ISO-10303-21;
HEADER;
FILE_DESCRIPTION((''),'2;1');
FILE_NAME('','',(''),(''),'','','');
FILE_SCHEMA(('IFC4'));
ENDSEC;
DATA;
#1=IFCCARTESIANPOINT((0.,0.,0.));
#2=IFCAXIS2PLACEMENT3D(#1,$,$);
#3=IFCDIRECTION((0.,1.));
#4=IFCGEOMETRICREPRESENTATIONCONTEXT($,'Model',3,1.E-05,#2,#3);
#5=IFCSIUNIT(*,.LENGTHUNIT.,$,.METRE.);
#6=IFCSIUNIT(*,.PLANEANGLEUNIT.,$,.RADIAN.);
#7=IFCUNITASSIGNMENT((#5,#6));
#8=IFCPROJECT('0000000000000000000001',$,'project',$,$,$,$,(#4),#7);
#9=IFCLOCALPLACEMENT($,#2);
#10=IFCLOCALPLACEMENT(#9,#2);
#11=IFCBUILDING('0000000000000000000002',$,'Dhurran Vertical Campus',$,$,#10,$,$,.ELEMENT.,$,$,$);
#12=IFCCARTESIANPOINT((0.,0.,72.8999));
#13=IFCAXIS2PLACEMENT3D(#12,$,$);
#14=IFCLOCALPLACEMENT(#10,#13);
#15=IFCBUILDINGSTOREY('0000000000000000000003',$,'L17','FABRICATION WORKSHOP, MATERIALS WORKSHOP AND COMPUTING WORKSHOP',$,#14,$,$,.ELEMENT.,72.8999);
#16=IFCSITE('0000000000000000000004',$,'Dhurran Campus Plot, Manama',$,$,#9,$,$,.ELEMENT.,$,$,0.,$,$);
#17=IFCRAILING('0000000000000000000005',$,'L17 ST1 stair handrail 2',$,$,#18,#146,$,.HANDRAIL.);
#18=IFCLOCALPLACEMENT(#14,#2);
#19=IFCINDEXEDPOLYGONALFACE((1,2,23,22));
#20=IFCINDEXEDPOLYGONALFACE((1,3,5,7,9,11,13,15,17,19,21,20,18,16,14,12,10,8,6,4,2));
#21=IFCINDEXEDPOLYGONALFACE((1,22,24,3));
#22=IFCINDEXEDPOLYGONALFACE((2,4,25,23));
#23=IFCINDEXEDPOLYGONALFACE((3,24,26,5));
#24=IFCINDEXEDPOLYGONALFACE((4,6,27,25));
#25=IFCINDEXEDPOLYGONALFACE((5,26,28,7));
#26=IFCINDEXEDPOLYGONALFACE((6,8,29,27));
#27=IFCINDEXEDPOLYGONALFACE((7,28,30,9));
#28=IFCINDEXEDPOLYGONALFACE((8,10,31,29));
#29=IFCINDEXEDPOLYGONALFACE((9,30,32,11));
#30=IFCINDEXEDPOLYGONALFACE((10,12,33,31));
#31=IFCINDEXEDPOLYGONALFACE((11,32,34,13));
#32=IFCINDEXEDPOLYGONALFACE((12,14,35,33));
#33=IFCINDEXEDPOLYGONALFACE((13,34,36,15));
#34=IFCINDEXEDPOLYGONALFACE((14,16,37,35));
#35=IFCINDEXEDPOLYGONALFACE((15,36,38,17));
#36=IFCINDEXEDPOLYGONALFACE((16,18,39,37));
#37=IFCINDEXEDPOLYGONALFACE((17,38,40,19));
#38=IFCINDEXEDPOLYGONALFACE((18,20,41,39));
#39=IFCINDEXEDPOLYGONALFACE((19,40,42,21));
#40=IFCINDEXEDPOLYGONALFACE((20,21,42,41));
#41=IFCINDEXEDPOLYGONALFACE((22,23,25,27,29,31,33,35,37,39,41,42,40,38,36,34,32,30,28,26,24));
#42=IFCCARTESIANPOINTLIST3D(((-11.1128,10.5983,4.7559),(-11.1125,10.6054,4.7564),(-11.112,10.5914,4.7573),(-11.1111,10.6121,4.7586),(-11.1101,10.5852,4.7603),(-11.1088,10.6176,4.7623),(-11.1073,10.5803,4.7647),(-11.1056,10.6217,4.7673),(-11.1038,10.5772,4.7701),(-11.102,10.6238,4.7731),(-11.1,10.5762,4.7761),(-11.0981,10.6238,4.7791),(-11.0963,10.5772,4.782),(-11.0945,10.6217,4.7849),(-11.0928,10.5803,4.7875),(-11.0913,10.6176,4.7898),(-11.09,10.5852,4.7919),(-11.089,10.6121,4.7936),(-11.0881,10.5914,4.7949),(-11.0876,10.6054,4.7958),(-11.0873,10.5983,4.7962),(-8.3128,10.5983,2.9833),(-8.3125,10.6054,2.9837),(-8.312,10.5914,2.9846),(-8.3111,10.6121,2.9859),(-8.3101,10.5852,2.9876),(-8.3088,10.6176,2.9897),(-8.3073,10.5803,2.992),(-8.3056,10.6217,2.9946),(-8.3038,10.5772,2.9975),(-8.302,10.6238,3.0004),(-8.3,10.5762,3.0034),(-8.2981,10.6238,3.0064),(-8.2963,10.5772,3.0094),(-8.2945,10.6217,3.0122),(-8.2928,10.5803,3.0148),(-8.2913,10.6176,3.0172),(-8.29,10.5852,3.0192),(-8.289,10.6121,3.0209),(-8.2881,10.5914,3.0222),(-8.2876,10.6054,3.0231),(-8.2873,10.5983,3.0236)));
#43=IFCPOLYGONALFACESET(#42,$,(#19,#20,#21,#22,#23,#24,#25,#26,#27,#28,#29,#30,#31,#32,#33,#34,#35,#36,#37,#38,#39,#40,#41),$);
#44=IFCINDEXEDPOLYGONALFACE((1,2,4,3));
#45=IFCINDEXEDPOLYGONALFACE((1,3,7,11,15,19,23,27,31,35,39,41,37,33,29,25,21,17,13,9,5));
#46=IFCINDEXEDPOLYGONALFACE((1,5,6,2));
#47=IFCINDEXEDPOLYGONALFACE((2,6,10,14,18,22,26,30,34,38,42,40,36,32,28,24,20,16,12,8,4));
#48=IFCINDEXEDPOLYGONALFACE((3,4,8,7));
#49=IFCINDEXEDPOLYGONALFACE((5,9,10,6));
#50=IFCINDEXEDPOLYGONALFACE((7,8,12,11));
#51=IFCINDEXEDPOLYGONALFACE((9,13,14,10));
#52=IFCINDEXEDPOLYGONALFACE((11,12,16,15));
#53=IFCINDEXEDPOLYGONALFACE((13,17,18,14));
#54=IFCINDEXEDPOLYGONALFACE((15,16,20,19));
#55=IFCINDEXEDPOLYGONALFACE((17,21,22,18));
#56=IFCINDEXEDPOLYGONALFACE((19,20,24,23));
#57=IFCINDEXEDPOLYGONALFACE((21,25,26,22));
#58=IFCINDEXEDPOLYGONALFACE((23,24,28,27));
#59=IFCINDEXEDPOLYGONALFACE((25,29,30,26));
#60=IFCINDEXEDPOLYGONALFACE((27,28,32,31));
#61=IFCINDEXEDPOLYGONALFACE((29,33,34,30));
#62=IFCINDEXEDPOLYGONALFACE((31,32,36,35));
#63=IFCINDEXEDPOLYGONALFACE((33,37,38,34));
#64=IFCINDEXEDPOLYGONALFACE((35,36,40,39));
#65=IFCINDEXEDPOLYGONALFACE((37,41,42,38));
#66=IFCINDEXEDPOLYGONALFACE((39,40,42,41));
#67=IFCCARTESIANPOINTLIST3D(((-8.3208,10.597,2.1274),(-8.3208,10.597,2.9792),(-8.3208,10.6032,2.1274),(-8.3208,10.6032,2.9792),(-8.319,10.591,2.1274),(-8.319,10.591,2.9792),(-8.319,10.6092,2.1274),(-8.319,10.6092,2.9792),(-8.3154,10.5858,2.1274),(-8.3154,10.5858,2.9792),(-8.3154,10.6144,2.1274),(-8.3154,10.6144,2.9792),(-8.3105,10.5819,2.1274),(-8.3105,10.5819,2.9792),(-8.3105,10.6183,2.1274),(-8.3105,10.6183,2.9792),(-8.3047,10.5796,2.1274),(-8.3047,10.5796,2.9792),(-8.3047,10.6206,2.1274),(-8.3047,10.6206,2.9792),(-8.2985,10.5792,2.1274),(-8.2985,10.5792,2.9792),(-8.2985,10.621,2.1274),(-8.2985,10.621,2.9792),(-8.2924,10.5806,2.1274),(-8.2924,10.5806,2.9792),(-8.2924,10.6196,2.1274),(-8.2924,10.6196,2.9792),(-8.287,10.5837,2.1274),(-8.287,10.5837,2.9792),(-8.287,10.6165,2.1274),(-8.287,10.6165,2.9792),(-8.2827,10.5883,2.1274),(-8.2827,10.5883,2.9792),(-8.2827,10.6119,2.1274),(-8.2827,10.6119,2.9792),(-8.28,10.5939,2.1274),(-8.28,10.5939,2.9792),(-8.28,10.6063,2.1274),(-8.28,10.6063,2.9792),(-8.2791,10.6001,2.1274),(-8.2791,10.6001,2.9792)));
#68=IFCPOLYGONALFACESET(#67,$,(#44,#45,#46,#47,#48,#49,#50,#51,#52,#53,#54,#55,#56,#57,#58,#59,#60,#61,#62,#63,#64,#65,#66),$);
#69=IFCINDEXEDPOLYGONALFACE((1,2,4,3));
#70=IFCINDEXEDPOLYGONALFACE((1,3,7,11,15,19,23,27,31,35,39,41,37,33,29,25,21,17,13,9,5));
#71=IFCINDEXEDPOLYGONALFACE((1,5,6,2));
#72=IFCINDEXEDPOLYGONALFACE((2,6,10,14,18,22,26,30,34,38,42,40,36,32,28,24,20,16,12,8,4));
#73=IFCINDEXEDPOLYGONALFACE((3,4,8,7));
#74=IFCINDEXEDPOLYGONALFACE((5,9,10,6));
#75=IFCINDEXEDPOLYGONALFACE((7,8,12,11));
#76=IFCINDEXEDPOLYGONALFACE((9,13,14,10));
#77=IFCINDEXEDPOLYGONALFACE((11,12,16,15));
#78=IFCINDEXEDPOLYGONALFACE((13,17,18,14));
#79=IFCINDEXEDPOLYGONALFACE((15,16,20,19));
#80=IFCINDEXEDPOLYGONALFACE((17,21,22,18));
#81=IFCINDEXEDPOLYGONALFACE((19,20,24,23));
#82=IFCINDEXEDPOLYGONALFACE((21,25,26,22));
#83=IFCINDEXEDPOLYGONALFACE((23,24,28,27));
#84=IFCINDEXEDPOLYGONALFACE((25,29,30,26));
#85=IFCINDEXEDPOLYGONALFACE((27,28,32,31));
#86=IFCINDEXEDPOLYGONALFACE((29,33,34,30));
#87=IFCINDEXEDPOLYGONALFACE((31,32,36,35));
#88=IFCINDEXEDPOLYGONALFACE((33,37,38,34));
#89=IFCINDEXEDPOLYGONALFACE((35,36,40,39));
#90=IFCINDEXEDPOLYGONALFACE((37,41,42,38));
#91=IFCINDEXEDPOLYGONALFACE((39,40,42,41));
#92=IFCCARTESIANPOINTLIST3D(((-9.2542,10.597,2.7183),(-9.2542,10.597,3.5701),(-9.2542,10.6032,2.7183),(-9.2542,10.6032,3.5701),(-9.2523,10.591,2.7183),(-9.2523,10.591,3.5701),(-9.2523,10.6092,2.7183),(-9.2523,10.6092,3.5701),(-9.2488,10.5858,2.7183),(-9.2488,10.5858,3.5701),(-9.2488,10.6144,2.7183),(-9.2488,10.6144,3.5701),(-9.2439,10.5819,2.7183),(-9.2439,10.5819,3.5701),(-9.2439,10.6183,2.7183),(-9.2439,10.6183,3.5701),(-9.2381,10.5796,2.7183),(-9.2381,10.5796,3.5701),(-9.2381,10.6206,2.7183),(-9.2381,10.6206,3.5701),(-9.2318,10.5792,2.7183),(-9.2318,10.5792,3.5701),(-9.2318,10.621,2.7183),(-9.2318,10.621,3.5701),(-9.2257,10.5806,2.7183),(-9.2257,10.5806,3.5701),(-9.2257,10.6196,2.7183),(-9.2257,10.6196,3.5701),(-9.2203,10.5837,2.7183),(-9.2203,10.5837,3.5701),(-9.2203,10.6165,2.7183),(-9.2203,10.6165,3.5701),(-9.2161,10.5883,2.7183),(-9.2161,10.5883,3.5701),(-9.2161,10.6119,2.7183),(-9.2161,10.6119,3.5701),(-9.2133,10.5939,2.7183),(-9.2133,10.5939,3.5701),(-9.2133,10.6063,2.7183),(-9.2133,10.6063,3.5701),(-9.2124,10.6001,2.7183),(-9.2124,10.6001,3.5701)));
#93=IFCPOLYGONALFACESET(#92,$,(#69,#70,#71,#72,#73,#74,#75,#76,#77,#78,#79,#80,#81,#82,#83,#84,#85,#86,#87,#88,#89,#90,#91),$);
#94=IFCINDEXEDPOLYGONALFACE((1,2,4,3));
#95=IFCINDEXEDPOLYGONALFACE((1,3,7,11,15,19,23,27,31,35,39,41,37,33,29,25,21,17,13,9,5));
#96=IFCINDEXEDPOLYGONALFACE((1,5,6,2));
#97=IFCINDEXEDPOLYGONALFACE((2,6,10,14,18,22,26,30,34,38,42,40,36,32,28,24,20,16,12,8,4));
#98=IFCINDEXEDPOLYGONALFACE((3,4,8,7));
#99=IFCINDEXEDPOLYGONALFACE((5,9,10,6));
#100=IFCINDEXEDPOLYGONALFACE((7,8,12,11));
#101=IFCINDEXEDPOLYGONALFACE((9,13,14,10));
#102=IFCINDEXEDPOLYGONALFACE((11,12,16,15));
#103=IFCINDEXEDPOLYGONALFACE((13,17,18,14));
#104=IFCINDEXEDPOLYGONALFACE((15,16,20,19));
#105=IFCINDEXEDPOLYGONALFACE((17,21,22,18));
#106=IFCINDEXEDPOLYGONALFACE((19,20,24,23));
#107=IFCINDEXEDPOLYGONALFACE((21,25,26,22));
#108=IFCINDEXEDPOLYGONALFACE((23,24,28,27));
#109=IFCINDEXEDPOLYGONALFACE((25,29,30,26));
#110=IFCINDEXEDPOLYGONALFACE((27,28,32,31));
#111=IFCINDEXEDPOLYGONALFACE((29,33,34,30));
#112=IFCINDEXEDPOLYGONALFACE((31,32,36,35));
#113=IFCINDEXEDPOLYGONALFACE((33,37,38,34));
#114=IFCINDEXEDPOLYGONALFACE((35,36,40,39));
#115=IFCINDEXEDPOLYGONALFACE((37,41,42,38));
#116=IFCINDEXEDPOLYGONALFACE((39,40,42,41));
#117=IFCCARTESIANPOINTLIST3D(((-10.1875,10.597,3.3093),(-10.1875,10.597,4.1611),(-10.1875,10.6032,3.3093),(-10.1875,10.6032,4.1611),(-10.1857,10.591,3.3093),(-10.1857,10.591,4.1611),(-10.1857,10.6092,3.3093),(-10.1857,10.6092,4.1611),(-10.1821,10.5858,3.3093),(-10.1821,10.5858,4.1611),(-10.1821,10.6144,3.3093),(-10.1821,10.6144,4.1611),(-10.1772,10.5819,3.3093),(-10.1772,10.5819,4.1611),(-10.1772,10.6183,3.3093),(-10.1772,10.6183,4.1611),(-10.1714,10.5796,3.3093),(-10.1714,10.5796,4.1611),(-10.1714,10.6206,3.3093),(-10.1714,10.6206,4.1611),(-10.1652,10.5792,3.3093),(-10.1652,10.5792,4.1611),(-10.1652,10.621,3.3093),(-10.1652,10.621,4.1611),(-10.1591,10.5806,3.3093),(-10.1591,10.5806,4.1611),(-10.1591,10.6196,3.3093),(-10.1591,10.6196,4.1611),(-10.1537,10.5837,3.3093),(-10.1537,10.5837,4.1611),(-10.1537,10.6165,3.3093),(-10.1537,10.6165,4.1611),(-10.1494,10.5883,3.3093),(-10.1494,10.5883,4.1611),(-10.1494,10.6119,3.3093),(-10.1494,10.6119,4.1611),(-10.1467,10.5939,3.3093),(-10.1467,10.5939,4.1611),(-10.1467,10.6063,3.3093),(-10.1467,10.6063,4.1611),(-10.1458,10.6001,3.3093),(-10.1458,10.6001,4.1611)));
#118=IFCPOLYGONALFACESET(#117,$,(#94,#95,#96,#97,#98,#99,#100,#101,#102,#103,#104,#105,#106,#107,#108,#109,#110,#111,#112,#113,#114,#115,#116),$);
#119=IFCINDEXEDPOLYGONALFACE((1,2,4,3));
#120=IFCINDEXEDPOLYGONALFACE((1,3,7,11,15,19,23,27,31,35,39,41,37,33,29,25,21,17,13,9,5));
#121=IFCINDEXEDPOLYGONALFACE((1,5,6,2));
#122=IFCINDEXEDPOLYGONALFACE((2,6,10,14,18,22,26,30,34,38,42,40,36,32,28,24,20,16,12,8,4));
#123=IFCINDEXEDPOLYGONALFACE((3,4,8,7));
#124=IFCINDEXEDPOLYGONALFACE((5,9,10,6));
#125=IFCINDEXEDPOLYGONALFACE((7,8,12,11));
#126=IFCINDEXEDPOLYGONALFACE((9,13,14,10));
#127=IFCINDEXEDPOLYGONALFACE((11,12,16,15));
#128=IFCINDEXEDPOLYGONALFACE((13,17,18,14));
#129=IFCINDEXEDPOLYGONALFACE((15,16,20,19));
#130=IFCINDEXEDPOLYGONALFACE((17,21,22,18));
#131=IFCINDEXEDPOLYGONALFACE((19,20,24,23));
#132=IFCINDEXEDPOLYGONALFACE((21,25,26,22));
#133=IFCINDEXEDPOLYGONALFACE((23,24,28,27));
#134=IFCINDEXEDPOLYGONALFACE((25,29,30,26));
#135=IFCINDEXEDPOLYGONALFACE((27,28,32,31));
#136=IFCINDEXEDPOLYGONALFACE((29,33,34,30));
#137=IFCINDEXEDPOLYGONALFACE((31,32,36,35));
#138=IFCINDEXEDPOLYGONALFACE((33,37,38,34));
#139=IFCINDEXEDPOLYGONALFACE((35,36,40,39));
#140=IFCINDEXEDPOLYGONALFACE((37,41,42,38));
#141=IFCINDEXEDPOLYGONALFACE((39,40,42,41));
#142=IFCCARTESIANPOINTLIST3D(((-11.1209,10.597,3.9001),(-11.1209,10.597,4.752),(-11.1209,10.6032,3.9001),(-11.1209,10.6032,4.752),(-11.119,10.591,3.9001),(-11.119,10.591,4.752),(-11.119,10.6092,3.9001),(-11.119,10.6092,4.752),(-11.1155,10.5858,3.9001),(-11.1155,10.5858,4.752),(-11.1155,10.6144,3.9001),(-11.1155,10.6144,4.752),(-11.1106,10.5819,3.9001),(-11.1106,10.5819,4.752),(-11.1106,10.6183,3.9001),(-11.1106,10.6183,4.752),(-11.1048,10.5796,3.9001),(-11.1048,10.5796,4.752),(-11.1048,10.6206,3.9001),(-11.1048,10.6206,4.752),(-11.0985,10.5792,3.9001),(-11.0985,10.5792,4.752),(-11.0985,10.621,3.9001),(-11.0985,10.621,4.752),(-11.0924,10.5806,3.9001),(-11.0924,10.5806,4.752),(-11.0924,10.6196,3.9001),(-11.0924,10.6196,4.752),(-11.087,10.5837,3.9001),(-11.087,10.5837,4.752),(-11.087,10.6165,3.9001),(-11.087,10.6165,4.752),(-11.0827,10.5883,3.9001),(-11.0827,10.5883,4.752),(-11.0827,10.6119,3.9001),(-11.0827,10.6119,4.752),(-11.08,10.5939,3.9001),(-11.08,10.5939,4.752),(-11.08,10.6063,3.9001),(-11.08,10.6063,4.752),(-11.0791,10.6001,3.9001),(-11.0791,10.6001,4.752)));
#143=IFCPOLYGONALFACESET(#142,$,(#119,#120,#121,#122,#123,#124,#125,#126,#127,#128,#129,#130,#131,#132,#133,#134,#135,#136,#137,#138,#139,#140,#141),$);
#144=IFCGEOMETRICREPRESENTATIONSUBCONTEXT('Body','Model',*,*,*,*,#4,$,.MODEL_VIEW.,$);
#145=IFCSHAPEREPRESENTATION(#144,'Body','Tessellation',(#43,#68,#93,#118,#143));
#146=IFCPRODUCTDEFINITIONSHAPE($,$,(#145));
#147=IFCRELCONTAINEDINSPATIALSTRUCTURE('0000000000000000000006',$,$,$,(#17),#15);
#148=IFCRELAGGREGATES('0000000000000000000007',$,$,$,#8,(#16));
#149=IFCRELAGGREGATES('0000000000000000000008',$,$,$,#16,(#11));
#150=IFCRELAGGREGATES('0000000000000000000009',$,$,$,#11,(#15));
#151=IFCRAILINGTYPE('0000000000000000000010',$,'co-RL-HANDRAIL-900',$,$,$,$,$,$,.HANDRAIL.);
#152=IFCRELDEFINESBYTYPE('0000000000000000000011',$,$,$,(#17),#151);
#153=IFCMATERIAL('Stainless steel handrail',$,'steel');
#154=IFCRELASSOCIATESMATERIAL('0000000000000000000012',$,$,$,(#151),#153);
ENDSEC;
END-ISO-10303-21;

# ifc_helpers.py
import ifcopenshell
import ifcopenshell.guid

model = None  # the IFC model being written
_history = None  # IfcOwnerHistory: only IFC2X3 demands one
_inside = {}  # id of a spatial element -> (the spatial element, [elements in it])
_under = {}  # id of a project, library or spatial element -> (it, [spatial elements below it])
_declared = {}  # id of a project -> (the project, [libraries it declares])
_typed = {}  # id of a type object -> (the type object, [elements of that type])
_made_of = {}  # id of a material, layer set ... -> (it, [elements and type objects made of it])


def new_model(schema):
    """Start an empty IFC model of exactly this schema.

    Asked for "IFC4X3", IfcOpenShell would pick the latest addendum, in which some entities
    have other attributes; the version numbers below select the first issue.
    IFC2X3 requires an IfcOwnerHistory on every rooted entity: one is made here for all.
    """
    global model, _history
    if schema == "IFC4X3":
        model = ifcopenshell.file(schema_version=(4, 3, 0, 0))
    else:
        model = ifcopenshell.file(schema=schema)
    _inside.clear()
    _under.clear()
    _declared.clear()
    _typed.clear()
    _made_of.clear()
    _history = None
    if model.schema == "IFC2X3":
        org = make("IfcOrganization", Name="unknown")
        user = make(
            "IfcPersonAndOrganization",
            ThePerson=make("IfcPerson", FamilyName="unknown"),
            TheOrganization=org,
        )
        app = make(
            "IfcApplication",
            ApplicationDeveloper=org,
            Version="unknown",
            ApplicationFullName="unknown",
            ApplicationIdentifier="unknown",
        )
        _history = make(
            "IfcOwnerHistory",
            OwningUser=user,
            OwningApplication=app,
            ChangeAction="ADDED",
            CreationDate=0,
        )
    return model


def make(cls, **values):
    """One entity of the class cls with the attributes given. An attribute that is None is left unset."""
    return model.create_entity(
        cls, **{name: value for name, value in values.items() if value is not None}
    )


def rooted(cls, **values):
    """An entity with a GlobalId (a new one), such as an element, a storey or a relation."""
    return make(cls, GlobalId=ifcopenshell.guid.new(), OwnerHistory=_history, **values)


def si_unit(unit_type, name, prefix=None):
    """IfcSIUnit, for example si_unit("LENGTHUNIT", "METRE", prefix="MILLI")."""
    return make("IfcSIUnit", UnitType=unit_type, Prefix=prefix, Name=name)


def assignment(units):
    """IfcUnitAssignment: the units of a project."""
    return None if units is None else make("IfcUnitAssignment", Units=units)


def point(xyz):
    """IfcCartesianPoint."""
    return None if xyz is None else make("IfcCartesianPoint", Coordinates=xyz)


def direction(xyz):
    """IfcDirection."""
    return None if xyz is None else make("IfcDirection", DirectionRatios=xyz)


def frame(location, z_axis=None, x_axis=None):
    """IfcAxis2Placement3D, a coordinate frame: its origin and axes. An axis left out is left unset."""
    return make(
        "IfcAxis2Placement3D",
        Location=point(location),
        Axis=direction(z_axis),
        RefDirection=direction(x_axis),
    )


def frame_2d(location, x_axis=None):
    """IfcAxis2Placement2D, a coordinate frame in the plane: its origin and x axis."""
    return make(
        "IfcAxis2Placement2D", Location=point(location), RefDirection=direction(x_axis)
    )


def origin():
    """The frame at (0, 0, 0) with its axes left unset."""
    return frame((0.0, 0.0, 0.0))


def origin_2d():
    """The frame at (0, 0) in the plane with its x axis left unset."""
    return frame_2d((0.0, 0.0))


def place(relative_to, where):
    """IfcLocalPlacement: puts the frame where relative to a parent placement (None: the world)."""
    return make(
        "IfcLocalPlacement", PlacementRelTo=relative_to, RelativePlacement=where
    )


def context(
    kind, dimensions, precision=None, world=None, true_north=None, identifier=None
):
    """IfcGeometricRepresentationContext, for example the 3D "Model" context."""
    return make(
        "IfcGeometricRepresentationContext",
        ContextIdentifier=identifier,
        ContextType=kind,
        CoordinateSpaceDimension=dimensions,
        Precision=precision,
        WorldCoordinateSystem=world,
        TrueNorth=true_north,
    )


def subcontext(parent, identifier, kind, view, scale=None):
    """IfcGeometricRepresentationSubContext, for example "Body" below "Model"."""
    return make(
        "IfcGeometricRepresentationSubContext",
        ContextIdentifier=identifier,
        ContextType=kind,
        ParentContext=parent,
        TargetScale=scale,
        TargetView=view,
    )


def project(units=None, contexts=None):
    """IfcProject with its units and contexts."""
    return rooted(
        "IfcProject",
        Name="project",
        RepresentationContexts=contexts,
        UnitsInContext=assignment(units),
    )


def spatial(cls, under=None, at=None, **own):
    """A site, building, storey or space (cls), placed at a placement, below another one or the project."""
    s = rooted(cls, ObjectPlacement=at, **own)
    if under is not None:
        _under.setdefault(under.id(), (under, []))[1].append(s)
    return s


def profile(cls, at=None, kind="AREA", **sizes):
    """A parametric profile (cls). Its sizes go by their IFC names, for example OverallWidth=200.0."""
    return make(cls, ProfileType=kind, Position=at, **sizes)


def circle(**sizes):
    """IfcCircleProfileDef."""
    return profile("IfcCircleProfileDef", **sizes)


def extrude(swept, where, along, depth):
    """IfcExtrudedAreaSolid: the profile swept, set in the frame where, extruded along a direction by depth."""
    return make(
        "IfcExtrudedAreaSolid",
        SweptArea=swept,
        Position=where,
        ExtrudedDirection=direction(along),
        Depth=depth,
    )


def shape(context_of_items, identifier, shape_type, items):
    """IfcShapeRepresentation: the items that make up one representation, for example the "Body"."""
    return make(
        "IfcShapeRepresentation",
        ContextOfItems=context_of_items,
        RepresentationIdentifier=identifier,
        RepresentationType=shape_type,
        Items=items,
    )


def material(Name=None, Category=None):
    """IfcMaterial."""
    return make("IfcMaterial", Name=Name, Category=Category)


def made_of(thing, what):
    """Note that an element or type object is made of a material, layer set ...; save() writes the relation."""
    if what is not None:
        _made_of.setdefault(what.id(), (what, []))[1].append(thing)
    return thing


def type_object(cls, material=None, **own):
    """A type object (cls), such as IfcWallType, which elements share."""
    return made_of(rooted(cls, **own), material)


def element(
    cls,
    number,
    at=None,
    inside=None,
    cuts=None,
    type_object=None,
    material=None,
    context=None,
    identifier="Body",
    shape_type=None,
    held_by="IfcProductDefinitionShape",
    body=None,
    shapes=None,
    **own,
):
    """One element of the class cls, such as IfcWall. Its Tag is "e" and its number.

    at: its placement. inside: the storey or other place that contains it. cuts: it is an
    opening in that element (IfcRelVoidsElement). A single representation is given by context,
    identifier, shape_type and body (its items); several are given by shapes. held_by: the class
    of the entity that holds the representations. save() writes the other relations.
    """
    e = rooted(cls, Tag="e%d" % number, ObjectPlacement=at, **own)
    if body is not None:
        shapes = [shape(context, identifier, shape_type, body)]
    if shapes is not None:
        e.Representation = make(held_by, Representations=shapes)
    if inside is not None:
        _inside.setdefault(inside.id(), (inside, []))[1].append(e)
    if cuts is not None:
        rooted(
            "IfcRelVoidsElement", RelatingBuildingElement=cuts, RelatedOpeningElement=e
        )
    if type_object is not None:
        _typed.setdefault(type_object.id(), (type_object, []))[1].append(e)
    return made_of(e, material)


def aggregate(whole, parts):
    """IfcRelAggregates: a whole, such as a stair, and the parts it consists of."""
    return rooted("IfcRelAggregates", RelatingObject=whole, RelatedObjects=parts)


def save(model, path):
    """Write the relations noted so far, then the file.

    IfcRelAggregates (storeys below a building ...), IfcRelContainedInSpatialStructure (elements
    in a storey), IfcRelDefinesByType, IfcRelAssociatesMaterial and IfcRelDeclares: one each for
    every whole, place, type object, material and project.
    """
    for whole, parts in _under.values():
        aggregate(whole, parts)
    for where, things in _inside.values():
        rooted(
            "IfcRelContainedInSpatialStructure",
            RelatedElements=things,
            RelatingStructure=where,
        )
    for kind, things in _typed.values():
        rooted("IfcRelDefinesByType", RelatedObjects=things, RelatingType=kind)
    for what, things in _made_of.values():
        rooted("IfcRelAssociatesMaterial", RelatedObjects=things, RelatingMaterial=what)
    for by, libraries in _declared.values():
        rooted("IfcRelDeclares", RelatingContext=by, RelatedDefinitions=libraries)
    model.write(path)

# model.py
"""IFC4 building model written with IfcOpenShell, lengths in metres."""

from ifc_helpers import new_model, si_unit, direction, frame, origin, origin_2d, place, context, subcontext, project, spatial, circle, extrude, material, type_object, element, save


model = new_model("IFC4")

# Units and contexts
model_context = context("Model", 3, precision=1e-05, world=origin(), true_north=direction((0.0, 1.0)))
body_context = subcontext(model_context, "Body", "Model", "MODEL_VIEW")
ifc_project = project(units=[si_unit("LENGTHUNIT", "METRE"), si_unit("PLANEANGLEUNIT", "RADIAN")], contexts=[model_context])

# Site, building, storey
site_placement = place(None, origin())
site = spatial("IfcSite", under=ifc_project, at=site_placement, Name="Dhurran Campus Plot, Manama", CompositionType="ELEMENT", RefElevation=0.0)
building_placement = place(site_placement, origin())
building = spatial("IfcBuilding", under=site, at=building_placement, Name="Dhurran Vertical Campus", CompositionType="ELEMENT")
storey_placement = place(building_placement, frame((0.0, 0.0, 72.8999)))
storey = spatial("IfcBuildingStorey", under=building, at=storey_placement, Name="L17", Description="FABRICATION WORKSHOP, MATERIALS WORKSHOP AND COMPUTING WORKSHOP", CompositionType="ELEMENT", Elevation=72.8999)

# Railing
ifc_material_1 = material(Name="Stainless steel handrail", Category="steel")
railing_type_1 = type_object("IfcRailingType", Name="co-RL-HANDRAIL-900", PredefinedType="HANDRAIL", material=ifc_material_1)
railing_1_placement = place(storey_placement, frame((-8.3, 10.6001, 2.1274)))
element("IfcRailing", 1, at=railing_1_placement, inside=storey, type_object=railing_type_1, Name="L17 ST1 stair handrail 2", PredefinedType="HANDRAIL", context=body_context, shape_type="SweptSolid", body=[
    extrude(circle(Radius=0.0239, at=origin_2d()), frame((0.0, 0.0, 0.876), z_axis=(-0.844909, 0.0, 0.53491), x_axis=(0.0, -1.0, 0.0)), (0.0, 0.0, 1.0), 3.314),
    extrude(circle(Radius=0.021, at=origin_2d()), origin(), (0.0, 0.0, 1.0), 0.8518),
    extrude(circle(Radius=0.021, at=origin_2d()), frame((-0.9333, 0.0, 0.5908)), (0.0, 0.0, 1.0), 0.8518),
    extrude(circle(Radius=0.021, at=origin_2d()), frame((-1.8667, 0.0, 1.1819)), (0.0, 0.0, 1.0), 0.8518),
    extrude(circle(Radius=0.021, at=origin_2d()), frame((-2.8, 0.0, 1.7727)), (0.0, 0.0, 1.0), 0.8518),
])

save(model, "model.ifc")
